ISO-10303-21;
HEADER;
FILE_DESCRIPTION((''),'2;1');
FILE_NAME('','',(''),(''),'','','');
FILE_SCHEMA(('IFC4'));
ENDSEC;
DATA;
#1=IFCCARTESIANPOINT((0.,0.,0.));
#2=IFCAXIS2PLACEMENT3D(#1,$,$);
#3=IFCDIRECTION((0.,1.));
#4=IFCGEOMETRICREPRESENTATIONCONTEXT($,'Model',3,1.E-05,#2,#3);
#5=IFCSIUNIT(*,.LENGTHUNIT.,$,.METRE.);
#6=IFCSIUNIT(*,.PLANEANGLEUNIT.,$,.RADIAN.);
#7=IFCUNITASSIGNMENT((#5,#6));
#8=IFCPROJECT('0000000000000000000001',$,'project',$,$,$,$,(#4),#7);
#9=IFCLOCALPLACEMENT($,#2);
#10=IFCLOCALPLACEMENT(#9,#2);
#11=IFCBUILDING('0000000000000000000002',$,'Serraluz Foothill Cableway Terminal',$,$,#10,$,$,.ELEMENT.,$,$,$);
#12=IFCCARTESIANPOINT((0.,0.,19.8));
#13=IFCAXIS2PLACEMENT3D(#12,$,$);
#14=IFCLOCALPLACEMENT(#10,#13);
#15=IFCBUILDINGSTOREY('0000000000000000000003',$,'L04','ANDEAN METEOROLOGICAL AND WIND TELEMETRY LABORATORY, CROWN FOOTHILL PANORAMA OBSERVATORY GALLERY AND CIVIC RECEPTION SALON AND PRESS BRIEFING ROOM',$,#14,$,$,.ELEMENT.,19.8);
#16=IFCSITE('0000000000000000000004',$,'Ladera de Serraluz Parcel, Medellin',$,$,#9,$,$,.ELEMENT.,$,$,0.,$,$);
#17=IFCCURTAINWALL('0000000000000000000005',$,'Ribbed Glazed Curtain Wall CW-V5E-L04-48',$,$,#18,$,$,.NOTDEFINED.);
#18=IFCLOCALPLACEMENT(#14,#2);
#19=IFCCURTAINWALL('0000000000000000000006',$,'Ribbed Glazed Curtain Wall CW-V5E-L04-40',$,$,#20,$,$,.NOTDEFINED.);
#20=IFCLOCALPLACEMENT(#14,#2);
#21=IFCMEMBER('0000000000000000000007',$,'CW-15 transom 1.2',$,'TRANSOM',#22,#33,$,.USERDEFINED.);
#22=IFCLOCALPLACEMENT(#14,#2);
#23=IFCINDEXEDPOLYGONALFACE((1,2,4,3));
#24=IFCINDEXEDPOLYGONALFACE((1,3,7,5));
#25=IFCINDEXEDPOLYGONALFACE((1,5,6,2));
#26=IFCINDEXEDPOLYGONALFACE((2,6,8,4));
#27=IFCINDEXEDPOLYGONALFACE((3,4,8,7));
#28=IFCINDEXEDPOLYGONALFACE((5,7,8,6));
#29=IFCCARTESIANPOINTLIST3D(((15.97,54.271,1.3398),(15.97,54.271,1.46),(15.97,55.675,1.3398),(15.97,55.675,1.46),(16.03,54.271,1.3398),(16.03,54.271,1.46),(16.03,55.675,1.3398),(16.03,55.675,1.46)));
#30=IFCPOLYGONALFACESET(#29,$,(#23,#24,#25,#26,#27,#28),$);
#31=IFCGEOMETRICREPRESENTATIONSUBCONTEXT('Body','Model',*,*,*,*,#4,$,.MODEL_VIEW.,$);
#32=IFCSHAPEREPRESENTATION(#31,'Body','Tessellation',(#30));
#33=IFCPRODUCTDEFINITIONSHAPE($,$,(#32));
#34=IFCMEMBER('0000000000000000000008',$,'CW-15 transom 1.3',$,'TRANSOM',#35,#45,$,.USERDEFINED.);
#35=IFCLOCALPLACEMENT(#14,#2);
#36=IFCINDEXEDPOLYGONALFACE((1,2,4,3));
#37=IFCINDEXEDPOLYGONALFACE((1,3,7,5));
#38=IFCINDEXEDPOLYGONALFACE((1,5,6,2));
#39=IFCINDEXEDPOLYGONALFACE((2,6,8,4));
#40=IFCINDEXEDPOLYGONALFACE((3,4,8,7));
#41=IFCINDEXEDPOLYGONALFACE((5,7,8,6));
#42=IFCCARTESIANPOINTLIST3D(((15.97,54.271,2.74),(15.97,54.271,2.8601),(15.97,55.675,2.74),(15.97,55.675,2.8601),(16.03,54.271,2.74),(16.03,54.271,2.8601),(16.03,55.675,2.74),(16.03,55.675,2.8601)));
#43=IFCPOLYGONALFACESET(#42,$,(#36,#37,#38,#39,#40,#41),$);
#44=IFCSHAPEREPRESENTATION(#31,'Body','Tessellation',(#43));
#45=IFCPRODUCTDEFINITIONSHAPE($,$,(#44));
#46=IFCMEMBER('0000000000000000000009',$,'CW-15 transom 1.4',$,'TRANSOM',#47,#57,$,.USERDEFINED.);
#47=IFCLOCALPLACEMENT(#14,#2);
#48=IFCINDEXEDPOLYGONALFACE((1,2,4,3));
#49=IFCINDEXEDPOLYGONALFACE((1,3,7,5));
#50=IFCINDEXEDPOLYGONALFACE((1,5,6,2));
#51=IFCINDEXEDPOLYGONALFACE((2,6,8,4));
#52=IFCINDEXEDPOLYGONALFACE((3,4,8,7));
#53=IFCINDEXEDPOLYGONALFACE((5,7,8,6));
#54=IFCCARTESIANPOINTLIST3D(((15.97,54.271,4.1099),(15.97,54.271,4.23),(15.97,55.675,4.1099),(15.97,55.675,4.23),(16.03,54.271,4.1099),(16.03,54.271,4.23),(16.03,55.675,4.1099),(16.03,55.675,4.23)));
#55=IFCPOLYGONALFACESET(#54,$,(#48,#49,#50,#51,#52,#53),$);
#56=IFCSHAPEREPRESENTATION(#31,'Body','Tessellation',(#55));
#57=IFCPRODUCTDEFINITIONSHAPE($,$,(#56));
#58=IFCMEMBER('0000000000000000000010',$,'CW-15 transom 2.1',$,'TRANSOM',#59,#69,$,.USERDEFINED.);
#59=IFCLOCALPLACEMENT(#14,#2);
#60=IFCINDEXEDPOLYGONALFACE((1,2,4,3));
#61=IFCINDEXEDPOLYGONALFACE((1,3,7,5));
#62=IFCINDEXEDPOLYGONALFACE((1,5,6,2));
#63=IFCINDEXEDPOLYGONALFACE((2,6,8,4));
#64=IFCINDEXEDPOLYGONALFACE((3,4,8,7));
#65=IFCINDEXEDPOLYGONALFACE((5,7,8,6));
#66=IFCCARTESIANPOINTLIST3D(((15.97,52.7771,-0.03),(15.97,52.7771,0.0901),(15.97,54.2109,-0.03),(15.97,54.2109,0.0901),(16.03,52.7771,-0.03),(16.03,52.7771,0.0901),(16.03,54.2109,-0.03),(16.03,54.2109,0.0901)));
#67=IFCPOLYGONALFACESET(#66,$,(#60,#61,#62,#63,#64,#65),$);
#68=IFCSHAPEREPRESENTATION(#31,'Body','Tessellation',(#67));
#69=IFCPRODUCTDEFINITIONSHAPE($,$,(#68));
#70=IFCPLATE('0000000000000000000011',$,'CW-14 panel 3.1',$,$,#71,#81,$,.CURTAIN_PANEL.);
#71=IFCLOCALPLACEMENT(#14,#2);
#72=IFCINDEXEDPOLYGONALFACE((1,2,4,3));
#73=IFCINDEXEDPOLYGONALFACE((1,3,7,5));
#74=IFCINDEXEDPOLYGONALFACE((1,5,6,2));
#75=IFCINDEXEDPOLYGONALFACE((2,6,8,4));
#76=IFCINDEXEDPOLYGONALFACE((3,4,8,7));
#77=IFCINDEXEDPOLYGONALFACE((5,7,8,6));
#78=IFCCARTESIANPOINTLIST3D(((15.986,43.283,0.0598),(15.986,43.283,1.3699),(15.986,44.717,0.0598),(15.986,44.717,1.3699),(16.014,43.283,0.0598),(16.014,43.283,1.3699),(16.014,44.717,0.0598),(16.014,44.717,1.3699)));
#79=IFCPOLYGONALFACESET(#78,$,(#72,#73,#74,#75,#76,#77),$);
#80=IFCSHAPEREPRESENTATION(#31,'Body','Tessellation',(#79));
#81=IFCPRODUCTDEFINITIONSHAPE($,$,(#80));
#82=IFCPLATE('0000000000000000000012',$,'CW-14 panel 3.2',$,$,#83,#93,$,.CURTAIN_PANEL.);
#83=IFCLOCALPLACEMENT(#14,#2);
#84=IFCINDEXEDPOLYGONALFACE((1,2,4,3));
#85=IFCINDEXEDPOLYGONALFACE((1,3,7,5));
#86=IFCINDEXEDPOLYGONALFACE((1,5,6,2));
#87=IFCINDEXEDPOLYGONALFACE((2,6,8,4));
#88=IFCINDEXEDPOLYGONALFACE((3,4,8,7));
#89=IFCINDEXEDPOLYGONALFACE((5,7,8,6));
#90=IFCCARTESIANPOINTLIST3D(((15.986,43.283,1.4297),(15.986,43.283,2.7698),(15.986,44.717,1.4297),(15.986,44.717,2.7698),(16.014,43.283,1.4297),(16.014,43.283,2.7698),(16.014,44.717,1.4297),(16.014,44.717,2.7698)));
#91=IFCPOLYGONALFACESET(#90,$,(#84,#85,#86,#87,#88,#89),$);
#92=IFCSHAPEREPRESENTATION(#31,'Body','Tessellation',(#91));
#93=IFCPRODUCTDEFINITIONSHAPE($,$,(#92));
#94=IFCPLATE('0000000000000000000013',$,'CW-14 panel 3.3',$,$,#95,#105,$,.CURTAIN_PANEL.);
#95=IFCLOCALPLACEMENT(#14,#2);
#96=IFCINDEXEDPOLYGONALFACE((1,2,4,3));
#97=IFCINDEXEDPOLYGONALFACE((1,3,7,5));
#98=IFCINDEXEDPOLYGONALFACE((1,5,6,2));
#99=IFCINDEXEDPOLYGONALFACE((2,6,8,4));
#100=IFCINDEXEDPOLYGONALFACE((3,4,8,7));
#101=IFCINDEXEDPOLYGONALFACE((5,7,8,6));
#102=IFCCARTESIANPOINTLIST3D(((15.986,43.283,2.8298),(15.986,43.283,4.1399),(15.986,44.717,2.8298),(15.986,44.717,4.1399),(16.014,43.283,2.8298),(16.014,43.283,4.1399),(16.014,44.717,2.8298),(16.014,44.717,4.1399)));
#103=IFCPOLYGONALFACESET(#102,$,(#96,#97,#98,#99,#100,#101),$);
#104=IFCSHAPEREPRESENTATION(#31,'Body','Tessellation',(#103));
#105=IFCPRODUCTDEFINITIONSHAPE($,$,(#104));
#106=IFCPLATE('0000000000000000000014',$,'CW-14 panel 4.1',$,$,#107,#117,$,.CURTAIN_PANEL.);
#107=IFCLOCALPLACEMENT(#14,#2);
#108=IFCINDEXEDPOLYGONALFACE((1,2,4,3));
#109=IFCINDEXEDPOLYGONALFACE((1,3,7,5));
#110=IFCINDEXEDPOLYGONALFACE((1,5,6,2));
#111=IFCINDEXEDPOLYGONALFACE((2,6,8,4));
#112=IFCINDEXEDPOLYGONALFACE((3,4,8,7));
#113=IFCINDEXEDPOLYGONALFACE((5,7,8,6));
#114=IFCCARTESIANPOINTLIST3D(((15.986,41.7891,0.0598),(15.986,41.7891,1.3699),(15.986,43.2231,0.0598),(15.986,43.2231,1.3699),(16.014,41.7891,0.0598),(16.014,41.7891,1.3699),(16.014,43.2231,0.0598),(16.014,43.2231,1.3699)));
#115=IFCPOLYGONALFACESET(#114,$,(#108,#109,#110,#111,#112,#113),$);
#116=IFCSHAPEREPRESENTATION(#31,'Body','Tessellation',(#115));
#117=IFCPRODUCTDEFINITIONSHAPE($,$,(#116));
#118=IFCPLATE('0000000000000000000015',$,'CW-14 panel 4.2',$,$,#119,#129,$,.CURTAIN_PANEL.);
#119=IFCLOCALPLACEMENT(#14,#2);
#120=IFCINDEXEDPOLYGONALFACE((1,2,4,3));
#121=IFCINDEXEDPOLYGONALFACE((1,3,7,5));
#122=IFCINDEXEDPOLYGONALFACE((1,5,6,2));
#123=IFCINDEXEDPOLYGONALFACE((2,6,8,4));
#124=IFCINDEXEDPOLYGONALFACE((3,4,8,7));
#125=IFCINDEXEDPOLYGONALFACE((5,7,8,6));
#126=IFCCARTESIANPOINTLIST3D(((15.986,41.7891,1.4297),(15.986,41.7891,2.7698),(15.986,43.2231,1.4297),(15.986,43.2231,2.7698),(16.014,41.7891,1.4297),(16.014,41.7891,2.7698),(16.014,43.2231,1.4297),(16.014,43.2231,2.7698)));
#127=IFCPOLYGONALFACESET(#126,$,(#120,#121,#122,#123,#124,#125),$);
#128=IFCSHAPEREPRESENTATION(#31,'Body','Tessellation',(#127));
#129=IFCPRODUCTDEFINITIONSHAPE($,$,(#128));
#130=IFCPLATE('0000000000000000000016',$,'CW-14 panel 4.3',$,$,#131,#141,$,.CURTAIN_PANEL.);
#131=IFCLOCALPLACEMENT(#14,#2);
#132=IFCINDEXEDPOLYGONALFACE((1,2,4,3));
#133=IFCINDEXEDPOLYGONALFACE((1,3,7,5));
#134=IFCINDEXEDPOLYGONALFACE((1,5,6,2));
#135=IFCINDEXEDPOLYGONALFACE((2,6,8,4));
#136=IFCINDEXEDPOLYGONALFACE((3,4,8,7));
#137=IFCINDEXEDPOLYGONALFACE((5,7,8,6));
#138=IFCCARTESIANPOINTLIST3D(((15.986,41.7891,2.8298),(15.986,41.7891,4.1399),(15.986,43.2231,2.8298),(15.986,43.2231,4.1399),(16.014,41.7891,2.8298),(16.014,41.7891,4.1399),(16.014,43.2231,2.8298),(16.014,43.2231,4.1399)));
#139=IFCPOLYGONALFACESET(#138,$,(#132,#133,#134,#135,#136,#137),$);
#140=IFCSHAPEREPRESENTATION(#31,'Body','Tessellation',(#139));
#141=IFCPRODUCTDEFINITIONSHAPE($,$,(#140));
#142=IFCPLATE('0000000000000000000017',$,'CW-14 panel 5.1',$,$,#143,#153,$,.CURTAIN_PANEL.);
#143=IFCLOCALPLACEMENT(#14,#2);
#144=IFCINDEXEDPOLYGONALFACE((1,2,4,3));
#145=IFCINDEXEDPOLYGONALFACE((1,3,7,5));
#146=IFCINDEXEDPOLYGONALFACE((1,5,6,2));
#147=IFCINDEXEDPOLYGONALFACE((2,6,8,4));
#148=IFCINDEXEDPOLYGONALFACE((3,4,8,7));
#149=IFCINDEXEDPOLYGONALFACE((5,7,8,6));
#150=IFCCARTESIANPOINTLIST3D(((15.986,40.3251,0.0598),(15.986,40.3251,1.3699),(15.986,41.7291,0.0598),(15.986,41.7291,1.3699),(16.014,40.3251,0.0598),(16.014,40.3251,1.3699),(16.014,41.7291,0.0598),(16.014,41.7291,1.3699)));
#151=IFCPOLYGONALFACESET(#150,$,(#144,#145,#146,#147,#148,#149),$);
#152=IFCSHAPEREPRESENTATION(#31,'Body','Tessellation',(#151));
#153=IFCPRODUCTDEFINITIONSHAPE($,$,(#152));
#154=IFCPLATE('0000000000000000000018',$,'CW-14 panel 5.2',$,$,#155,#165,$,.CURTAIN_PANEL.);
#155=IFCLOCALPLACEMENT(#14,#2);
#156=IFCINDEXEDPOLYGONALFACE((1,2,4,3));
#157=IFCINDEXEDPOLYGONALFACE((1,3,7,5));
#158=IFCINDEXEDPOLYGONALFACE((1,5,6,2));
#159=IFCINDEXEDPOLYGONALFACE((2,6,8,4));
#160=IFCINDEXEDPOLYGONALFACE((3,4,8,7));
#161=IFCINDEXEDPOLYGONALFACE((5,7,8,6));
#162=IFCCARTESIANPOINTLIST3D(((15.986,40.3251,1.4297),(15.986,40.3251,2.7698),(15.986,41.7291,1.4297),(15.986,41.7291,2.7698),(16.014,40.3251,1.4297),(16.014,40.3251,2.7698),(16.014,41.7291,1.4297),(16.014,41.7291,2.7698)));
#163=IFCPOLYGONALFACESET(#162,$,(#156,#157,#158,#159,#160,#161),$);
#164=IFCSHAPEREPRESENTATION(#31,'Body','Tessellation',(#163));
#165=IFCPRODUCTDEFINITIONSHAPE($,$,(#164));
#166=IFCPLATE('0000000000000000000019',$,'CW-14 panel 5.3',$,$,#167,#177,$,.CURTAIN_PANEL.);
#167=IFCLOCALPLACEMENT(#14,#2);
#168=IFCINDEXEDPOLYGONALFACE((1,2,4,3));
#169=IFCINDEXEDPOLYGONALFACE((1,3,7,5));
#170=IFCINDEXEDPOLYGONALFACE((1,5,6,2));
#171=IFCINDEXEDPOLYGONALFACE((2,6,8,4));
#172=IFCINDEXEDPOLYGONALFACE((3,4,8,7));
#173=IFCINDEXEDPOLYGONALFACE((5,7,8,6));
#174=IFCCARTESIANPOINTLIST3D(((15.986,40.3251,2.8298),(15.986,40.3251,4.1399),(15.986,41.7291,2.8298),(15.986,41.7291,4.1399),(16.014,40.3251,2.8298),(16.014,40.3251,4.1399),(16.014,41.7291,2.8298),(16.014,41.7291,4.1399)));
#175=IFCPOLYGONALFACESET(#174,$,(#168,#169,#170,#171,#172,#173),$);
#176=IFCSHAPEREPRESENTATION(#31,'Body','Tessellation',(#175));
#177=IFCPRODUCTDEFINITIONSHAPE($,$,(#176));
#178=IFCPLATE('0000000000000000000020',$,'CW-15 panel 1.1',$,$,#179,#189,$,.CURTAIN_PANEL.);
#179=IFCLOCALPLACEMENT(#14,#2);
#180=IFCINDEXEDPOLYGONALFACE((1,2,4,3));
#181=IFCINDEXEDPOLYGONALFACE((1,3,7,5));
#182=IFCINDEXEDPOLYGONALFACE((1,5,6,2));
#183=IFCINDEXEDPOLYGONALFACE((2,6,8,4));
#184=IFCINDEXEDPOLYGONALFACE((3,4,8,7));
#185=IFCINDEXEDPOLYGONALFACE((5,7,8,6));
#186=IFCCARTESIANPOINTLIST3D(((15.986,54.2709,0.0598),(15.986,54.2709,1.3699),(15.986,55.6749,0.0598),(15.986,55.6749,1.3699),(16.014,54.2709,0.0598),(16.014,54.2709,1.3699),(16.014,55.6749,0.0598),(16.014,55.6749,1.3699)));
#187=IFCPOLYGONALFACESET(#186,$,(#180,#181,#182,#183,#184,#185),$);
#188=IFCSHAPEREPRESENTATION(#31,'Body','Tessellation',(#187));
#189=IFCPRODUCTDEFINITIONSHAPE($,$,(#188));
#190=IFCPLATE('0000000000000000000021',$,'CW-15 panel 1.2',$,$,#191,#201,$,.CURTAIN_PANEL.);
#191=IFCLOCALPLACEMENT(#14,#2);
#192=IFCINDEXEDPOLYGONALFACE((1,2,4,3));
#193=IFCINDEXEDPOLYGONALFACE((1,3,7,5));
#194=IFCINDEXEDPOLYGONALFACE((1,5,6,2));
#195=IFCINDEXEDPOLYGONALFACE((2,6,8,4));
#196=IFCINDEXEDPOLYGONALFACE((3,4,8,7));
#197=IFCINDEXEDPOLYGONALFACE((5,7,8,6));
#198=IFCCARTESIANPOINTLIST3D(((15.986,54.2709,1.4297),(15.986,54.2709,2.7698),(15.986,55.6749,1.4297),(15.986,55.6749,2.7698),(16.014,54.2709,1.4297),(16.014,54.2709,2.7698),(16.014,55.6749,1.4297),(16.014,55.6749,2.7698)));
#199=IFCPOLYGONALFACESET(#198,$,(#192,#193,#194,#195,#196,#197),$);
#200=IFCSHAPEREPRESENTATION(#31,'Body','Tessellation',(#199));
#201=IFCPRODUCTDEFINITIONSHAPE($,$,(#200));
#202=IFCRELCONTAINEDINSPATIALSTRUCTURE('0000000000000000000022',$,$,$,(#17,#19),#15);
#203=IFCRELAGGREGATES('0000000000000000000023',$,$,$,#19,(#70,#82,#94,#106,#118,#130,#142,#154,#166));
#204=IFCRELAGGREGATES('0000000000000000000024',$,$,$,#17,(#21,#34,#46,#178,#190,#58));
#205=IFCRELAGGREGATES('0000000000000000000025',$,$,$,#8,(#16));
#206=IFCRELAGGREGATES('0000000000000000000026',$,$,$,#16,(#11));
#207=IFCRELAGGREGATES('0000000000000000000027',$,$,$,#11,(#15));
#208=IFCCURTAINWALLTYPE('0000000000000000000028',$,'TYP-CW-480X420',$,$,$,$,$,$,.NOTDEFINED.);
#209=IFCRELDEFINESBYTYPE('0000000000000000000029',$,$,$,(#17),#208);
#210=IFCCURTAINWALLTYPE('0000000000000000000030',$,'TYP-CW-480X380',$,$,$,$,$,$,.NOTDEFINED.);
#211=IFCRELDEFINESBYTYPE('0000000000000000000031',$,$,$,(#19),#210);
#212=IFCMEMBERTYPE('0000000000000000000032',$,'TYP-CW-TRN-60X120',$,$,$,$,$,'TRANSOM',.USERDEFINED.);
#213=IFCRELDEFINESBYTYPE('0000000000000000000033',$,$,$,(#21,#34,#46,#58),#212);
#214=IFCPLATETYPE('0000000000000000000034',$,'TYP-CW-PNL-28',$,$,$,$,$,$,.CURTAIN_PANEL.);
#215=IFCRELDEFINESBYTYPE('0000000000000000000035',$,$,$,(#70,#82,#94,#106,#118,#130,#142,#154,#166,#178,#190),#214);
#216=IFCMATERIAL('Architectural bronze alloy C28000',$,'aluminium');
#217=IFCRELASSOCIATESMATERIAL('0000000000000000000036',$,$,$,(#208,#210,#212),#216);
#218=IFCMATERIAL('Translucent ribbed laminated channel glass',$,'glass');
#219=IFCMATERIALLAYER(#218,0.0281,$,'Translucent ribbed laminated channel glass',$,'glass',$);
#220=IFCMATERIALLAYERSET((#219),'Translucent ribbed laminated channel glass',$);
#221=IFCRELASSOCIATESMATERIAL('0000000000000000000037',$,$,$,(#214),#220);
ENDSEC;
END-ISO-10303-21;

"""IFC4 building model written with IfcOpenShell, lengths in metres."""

from ifc_helpers import new_model, si_unit, direction, frame, origin, origin_2d, place, context, subcontext, project, spatial, rectangle, extrude, material, layer, layer_set, material_profile, profile_set, type_object, element, aggregate, save


model = new_model("IFC4")

# Units and contexts
model_context = context("Model", 3, precision=1e-05, world=origin(), true_north=direction((0.0, 1.0)))
body_context = subcontext(model_context, "Body", "Model", "MODEL_VIEW")
ifc_project = project(units=[si_unit("LENGTHUNIT", "METRE"), si_unit("PLANEANGLEUNIT", "RADIAN")], contexts=[model_context])

# Site, building, storey
site_placement = place(None, origin())
site = spatial("IfcSite", under=ifc_project, at=site_placement, Name="Ladera de Serraluz Parcel, Medellin", CompositionType="ELEMENT", RefElevation=0.0)
building_placement = place(site_placement, origin())
building = spatial("IfcBuilding", under=site, at=building_placement, Name="Serraluz Foothill Cableway Terminal", CompositionType="ELEMENT")
storey_placement = place(building_placement, frame((0.0, 0.0, 19.8)))
storey = spatial("IfcBuildingStorey", under=building, at=storey_placement, Name="L04", Description="ANDEAN METEOROLOGICAL AND WIND TELEMETRY LABORATORY, CROWN FOOTHILL PANORAMA OBSERVATORY GALLERY AND CIVIC RECEPTION SALON AND PRESS BRIEFING ROOM", CompositionType="ELEMENT", Elevation=19.8)

# Curtain walls
ifc_material_1 = material(Name="Architectural bronze alloy C28000", Category="aluminium")
curtain_wall_type_1 = type_object("IfcCurtainWallType", Name="TYP-CW-480X420", PredefinedType="NOTDEFINED", material=ifc_material_1)
curtain_wall_1_placement = place(storey_placement, origin())
curtain_wall_1 = element("IfcCurtainWall", 1, at=curtain_wall_1_placement, inside=storey, type_object=curtain_wall_type_1, Name="Ribbed Glazed Curtain Wall CW-V5E-L04-48", PredefinedType="NOTDEFINED")
curtain_wall_type_2 = type_object("IfcCurtainWallType", Name="TYP-CW-480X380", PredefinedType="NOTDEFINED", material=ifc_material_1)
curtain_wall_2_placement = place(storey_placement, origin())
curtain_wall_2 = element("IfcCurtainWall", 2, at=curtain_wall_2_placement, inside=storey, type_object=curtain_wall_type_2, Name="Ribbed Glazed Curtain Wall CW-V5E-L04-40", PredefinedType="NOTDEFINED")
ifc_material_profile_1 = material_profile(ifc_material_1, rectangle(XDim=0.0601, YDim=0.1201, at=origin_2d()), Name="ALU TRANSOM 60x120")
ifc_profile_set_1 = profile_set([ifc_material_profile_1], Name="Architectural bronze alloy C28000")
member_type_1 = type_object("IfcMemberType", Name="TYP-CW-TRN-60X120", ElementType="TRANSOM", PredefinedType="USERDEFINED", material=ifc_profile_set_1)

# Members
member_1_placement = place(storey_placement, frame((16.0, 55.675, 1.3999), z_axis=(0.0, -1.0, 0.0), x_axis=(1.0, 0.0, 0.0)))
member_1 = element("IfcMember", 3, at=member_1_placement, type_object=member_type_1, Name="CW-15 transom 1.2", ObjectType="TRANSOM", PredefinedType="USERDEFINED", context=body_context, shape_type="SweptSolid", body=[
    extrude(rectangle(XDim=0.0601, YDim=0.1201, at=origin_2d()), origin(), (0.0, 0.0, 1.0), 1.4041),
])
member_2_placement = place(storey_placement, frame((16.0, 55.675, 2.8), z_axis=(0.0, -1.0, 0.0), x_axis=(1.0, 0.0, 0.0)))
member_2 = element("IfcMember", 4, at=member_2_placement, type_object=member_type_1, Name="CW-15 transom 1.3", ObjectType="TRANSOM", PredefinedType="USERDEFINED", context=body_context, shape_type="SweptSolid", body=[
    extrude(rectangle(XDim=0.0601, YDim=0.1201, at=origin_2d()), origin(), (0.0, 0.0, 1.0), 1.4041),
])
member_3_placement = place(storey_placement, frame((16.0, 55.675, 4.1699), z_axis=(0.0, -1.0, 0.0), x_axis=(1.0, 0.0, 0.0)))
member_3 = element("IfcMember", 5, at=member_3_placement, type_object=member_type_1, Name="CW-15 transom 1.4", ObjectType="TRANSOM", PredefinedType="USERDEFINED", context=body_context, shape_type="SweptSolid", body=[
    extrude(rectangle(XDim=0.0601, YDim=0.1201, at=origin_2d()), origin(), (0.0, 0.0, 1.0), 1.4041),
])
member_4_placement = place(storey_placement, frame((16.0, 54.2109, 0.03), z_axis=(0.0, -1.0, 0.0), x_axis=(1.0, 0.0, 0.0)))
member_4 = element("IfcMember", 6, at=member_4_placement, type_object=member_type_1, Name="CW-15 transom 2.1", ObjectType="TRANSOM", PredefinedType="USERDEFINED", context=body_context, shape_type="SweptSolid", body=[
    extrude(rectangle(XDim=0.0601, YDim=0.1201, at=origin_2d()), origin(), (0.0, 0.0, 1.0), 1.4338),
])

# Plates
ifc_material_2 = material(Name="Translucent ribbed laminated channel glass", Category="glass")
ifc_layer = layer(ifc_material_2, 0.0281, Name="Translucent ribbed laminated channel glass", Category="glass")
ifc_layer_set = layer_set([ifc_layer], Name="Translucent ribbed laminated channel glass")
plate_type = type_object("IfcPlateType", Name="TYP-CW-PNL-28", PredefinedType="CURTAIN_PANEL", material=ifc_layer_set)
plate_1_placement = place(storey_placement, frame((16.0, 44.0, 0.0598), z_axis=(0.0, 0.0, 1.0), x_axis=(0.0, -1.0, 0.0)))
plate_1 = element("IfcPlate", 7, at=plate_1_placement, type_object=plate_type, Name="CW-14 panel 3.1", PredefinedType="CURTAIN_PANEL", context=body_context, shape_type="SweptSolid", body=[
    extrude(rectangle(XDim=1.4341, YDim=0.0281, at=origin_2d()), origin(), (0.0, 0.0, 1.0), 1.3101),
])
plate_2_placement = place(storey_placement, frame((16.0, 44.0, 1.4297), z_axis=(0.0, 0.0, 1.0), x_axis=(0.0, -1.0, 0.0)))
plate_2 = element("IfcPlate", 8, at=plate_2_placement, type_object=plate_type, Name="CW-14 panel 3.2", PredefinedType="CURTAIN_PANEL", context=body_context, shape_type="SweptSolid", body=[
    extrude(rectangle(XDim=1.4341, YDim=0.0281, at=origin_2d()), origin(), (0.0, 0.0, 1.0), 1.3401),
])
plate_3_placement = place(storey_placement, frame((16.0, 44.0, 2.8298), z_axis=(0.0, 0.0, 1.0), x_axis=(0.0, -1.0, 0.0)))
plate_3 = element("IfcPlate", 9, at=plate_3_placement, type_object=plate_type, Name="CW-14 panel 3.3", PredefinedType="CURTAIN_PANEL", context=body_context, shape_type="SweptSolid", body=[
    extrude(rectangle(XDim=1.4341, YDim=0.0281, at=origin_2d()), origin(), (0.0, 0.0, 1.0), 1.3101),
])
plate_4_placement = place(storey_placement, frame((16.0, 42.5061, 0.0598), z_axis=(0.0, 0.0, 1.0), x_axis=(0.0, -1.0, 0.0)))
plate_4 = element("IfcPlate", 10, at=plate_4_placement, type_object=plate_type, Name="CW-14 panel 4.1", PredefinedType="CURTAIN_PANEL", context=body_context, shape_type="SweptSolid", body=[
    extrude(rectangle(XDim=1.4341, YDim=0.0281, at=origin_2d()), origin(), (0.0, 0.0, 1.0), 1.3101),
])
plate_5_placement = place(storey_placement, frame((16.0, 42.5061, 1.4297), z_axis=(0.0, 0.0, 1.0), x_axis=(0.0, -1.0, 0.0)))
plate_5 = element("IfcPlate", 11, at=plate_5_placement, type_object=plate_type, Name="CW-14 panel 4.2", PredefinedType="CURTAIN_PANEL", context=body_context, shape_type="SweptSolid", body=[
    extrude(rectangle(XDim=1.4341, YDim=0.0281, at=origin_2d()), origin(), (0.0, 0.0, 1.0), 1.3401),
])
plate_6_placement = place(storey_placement, frame((16.0, 42.5061, 2.8298), z_axis=(0.0, 0.0, 1.0), x_axis=(0.0, -1.0, 0.0)))
plate_6 = element("IfcPlate", 12, at=plate_6_placement, type_object=plate_type, Name="CW-14 panel 4.3", PredefinedType="CURTAIN_PANEL", context=body_context, shape_type="SweptSolid", body=[
    extrude(rectangle(XDim=1.4341, YDim=0.0281, at=origin_2d()), origin(), (0.0, 0.0, 1.0), 1.3101),
])
plate_7_placement = place(storey_placement, frame((16.0, 41.0271, 0.0598), z_axis=(0.0, 0.0, 1.0), x_axis=(0.0, -1.0, 0.0)))
plate_7 = element("IfcPlate", 13, at=plate_7_placement, type_object=plate_type, Name="CW-14 panel 5.1", PredefinedType="CURTAIN_PANEL", context=body_context, shape_type="SweptSolid", body=[
    extrude(rectangle(XDim=1.4041, YDim=0.0281, at=origin_2d()), origin(), (0.0, 0.0, 1.0), 1.3101),
])
plate_8_placement = place(storey_placement, frame((16.0, 41.0271, 1.4297), z_axis=(0.0, 0.0, 1.0), x_axis=(0.0, -1.0, 0.0)))
plate_8 = element("IfcPlate", 14, at=plate_8_placement, type_object=plate_type, Name="CW-14 panel 5.2", PredefinedType="CURTAIN_PANEL", context=body_context, shape_type="SweptSolid", body=[
    extrude(rectangle(XDim=1.4041, YDim=0.0281, at=origin_2d()), origin(), (0.0, 0.0, 1.0), 1.3401),
])
plate_9_placement = place(storey_placement, frame((16.0, 41.0271, 2.8298), z_axis=(0.0, 0.0, 1.0), x_axis=(0.0, -1.0, 0.0)))
plate_9 = element("IfcPlate", 15, at=plate_9_placement, type_object=plate_type, Name="CW-14 panel 5.3", PredefinedType="CURTAIN_PANEL", context=body_context, shape_type="SweptSolid", body=[
    extrude(rectangle(XDim=1.4041, YDim=0.0281, at=origin_2d()), origin(), (0.0, 0.0, 1.0), 1.3101),
])
aggregate(curtain_wall_2, [plate_1, plate_2, plate_3, plate_4, plate_5, plate_6, plate_7, plate_8, plate_9])
plate_10_placement = place(storey_placement, frame((16.0, 54.9729, 0.0598), z_axis=(0.0, 0.0, 1.0), x_axis=(0.0, -1.0, 0.0)))
plate_10 = element("IfcPlate", 16, at=plate_10_placement, type_object=plate_type, Name="CW-15 panel 1.1", PredefinedType="CURTAIN_PANEL", context=body_context, shape_type="SweptSolid", body=[
    extrude(rectangle(XDim=1.4041, YDim=0.0281, at=origin_2d()), origin(), (0.0, 0.0, 1.0), 1.3101),
])
plate_11_placement = place(storey_placement, frame((16.0, 54.9729, 1.4297), z_axis=(0.0, 0.0, 1.0), x_axis=(0.0, -1.0, 0.0)))
plate_11 = element("IfcPlate", 17, at=plate_11_placement, type_object=plate_type, Name="CW-15 panel 1.2", PredefinedType="CURTAIN_PANEL", context=body_context, shape_type="SweptSolid", body=[
    extrude(rectangle(XDim=1.4041, YDim=0.0281, at=origin_2d()), origin(), (0.0, 0.0, 1.0), 1.3401),
])
aggregate(curtain_wall_1, [member_1, member_2, member_3, plate_10, plate_11, member_4])

save(model, "model.ifc")
